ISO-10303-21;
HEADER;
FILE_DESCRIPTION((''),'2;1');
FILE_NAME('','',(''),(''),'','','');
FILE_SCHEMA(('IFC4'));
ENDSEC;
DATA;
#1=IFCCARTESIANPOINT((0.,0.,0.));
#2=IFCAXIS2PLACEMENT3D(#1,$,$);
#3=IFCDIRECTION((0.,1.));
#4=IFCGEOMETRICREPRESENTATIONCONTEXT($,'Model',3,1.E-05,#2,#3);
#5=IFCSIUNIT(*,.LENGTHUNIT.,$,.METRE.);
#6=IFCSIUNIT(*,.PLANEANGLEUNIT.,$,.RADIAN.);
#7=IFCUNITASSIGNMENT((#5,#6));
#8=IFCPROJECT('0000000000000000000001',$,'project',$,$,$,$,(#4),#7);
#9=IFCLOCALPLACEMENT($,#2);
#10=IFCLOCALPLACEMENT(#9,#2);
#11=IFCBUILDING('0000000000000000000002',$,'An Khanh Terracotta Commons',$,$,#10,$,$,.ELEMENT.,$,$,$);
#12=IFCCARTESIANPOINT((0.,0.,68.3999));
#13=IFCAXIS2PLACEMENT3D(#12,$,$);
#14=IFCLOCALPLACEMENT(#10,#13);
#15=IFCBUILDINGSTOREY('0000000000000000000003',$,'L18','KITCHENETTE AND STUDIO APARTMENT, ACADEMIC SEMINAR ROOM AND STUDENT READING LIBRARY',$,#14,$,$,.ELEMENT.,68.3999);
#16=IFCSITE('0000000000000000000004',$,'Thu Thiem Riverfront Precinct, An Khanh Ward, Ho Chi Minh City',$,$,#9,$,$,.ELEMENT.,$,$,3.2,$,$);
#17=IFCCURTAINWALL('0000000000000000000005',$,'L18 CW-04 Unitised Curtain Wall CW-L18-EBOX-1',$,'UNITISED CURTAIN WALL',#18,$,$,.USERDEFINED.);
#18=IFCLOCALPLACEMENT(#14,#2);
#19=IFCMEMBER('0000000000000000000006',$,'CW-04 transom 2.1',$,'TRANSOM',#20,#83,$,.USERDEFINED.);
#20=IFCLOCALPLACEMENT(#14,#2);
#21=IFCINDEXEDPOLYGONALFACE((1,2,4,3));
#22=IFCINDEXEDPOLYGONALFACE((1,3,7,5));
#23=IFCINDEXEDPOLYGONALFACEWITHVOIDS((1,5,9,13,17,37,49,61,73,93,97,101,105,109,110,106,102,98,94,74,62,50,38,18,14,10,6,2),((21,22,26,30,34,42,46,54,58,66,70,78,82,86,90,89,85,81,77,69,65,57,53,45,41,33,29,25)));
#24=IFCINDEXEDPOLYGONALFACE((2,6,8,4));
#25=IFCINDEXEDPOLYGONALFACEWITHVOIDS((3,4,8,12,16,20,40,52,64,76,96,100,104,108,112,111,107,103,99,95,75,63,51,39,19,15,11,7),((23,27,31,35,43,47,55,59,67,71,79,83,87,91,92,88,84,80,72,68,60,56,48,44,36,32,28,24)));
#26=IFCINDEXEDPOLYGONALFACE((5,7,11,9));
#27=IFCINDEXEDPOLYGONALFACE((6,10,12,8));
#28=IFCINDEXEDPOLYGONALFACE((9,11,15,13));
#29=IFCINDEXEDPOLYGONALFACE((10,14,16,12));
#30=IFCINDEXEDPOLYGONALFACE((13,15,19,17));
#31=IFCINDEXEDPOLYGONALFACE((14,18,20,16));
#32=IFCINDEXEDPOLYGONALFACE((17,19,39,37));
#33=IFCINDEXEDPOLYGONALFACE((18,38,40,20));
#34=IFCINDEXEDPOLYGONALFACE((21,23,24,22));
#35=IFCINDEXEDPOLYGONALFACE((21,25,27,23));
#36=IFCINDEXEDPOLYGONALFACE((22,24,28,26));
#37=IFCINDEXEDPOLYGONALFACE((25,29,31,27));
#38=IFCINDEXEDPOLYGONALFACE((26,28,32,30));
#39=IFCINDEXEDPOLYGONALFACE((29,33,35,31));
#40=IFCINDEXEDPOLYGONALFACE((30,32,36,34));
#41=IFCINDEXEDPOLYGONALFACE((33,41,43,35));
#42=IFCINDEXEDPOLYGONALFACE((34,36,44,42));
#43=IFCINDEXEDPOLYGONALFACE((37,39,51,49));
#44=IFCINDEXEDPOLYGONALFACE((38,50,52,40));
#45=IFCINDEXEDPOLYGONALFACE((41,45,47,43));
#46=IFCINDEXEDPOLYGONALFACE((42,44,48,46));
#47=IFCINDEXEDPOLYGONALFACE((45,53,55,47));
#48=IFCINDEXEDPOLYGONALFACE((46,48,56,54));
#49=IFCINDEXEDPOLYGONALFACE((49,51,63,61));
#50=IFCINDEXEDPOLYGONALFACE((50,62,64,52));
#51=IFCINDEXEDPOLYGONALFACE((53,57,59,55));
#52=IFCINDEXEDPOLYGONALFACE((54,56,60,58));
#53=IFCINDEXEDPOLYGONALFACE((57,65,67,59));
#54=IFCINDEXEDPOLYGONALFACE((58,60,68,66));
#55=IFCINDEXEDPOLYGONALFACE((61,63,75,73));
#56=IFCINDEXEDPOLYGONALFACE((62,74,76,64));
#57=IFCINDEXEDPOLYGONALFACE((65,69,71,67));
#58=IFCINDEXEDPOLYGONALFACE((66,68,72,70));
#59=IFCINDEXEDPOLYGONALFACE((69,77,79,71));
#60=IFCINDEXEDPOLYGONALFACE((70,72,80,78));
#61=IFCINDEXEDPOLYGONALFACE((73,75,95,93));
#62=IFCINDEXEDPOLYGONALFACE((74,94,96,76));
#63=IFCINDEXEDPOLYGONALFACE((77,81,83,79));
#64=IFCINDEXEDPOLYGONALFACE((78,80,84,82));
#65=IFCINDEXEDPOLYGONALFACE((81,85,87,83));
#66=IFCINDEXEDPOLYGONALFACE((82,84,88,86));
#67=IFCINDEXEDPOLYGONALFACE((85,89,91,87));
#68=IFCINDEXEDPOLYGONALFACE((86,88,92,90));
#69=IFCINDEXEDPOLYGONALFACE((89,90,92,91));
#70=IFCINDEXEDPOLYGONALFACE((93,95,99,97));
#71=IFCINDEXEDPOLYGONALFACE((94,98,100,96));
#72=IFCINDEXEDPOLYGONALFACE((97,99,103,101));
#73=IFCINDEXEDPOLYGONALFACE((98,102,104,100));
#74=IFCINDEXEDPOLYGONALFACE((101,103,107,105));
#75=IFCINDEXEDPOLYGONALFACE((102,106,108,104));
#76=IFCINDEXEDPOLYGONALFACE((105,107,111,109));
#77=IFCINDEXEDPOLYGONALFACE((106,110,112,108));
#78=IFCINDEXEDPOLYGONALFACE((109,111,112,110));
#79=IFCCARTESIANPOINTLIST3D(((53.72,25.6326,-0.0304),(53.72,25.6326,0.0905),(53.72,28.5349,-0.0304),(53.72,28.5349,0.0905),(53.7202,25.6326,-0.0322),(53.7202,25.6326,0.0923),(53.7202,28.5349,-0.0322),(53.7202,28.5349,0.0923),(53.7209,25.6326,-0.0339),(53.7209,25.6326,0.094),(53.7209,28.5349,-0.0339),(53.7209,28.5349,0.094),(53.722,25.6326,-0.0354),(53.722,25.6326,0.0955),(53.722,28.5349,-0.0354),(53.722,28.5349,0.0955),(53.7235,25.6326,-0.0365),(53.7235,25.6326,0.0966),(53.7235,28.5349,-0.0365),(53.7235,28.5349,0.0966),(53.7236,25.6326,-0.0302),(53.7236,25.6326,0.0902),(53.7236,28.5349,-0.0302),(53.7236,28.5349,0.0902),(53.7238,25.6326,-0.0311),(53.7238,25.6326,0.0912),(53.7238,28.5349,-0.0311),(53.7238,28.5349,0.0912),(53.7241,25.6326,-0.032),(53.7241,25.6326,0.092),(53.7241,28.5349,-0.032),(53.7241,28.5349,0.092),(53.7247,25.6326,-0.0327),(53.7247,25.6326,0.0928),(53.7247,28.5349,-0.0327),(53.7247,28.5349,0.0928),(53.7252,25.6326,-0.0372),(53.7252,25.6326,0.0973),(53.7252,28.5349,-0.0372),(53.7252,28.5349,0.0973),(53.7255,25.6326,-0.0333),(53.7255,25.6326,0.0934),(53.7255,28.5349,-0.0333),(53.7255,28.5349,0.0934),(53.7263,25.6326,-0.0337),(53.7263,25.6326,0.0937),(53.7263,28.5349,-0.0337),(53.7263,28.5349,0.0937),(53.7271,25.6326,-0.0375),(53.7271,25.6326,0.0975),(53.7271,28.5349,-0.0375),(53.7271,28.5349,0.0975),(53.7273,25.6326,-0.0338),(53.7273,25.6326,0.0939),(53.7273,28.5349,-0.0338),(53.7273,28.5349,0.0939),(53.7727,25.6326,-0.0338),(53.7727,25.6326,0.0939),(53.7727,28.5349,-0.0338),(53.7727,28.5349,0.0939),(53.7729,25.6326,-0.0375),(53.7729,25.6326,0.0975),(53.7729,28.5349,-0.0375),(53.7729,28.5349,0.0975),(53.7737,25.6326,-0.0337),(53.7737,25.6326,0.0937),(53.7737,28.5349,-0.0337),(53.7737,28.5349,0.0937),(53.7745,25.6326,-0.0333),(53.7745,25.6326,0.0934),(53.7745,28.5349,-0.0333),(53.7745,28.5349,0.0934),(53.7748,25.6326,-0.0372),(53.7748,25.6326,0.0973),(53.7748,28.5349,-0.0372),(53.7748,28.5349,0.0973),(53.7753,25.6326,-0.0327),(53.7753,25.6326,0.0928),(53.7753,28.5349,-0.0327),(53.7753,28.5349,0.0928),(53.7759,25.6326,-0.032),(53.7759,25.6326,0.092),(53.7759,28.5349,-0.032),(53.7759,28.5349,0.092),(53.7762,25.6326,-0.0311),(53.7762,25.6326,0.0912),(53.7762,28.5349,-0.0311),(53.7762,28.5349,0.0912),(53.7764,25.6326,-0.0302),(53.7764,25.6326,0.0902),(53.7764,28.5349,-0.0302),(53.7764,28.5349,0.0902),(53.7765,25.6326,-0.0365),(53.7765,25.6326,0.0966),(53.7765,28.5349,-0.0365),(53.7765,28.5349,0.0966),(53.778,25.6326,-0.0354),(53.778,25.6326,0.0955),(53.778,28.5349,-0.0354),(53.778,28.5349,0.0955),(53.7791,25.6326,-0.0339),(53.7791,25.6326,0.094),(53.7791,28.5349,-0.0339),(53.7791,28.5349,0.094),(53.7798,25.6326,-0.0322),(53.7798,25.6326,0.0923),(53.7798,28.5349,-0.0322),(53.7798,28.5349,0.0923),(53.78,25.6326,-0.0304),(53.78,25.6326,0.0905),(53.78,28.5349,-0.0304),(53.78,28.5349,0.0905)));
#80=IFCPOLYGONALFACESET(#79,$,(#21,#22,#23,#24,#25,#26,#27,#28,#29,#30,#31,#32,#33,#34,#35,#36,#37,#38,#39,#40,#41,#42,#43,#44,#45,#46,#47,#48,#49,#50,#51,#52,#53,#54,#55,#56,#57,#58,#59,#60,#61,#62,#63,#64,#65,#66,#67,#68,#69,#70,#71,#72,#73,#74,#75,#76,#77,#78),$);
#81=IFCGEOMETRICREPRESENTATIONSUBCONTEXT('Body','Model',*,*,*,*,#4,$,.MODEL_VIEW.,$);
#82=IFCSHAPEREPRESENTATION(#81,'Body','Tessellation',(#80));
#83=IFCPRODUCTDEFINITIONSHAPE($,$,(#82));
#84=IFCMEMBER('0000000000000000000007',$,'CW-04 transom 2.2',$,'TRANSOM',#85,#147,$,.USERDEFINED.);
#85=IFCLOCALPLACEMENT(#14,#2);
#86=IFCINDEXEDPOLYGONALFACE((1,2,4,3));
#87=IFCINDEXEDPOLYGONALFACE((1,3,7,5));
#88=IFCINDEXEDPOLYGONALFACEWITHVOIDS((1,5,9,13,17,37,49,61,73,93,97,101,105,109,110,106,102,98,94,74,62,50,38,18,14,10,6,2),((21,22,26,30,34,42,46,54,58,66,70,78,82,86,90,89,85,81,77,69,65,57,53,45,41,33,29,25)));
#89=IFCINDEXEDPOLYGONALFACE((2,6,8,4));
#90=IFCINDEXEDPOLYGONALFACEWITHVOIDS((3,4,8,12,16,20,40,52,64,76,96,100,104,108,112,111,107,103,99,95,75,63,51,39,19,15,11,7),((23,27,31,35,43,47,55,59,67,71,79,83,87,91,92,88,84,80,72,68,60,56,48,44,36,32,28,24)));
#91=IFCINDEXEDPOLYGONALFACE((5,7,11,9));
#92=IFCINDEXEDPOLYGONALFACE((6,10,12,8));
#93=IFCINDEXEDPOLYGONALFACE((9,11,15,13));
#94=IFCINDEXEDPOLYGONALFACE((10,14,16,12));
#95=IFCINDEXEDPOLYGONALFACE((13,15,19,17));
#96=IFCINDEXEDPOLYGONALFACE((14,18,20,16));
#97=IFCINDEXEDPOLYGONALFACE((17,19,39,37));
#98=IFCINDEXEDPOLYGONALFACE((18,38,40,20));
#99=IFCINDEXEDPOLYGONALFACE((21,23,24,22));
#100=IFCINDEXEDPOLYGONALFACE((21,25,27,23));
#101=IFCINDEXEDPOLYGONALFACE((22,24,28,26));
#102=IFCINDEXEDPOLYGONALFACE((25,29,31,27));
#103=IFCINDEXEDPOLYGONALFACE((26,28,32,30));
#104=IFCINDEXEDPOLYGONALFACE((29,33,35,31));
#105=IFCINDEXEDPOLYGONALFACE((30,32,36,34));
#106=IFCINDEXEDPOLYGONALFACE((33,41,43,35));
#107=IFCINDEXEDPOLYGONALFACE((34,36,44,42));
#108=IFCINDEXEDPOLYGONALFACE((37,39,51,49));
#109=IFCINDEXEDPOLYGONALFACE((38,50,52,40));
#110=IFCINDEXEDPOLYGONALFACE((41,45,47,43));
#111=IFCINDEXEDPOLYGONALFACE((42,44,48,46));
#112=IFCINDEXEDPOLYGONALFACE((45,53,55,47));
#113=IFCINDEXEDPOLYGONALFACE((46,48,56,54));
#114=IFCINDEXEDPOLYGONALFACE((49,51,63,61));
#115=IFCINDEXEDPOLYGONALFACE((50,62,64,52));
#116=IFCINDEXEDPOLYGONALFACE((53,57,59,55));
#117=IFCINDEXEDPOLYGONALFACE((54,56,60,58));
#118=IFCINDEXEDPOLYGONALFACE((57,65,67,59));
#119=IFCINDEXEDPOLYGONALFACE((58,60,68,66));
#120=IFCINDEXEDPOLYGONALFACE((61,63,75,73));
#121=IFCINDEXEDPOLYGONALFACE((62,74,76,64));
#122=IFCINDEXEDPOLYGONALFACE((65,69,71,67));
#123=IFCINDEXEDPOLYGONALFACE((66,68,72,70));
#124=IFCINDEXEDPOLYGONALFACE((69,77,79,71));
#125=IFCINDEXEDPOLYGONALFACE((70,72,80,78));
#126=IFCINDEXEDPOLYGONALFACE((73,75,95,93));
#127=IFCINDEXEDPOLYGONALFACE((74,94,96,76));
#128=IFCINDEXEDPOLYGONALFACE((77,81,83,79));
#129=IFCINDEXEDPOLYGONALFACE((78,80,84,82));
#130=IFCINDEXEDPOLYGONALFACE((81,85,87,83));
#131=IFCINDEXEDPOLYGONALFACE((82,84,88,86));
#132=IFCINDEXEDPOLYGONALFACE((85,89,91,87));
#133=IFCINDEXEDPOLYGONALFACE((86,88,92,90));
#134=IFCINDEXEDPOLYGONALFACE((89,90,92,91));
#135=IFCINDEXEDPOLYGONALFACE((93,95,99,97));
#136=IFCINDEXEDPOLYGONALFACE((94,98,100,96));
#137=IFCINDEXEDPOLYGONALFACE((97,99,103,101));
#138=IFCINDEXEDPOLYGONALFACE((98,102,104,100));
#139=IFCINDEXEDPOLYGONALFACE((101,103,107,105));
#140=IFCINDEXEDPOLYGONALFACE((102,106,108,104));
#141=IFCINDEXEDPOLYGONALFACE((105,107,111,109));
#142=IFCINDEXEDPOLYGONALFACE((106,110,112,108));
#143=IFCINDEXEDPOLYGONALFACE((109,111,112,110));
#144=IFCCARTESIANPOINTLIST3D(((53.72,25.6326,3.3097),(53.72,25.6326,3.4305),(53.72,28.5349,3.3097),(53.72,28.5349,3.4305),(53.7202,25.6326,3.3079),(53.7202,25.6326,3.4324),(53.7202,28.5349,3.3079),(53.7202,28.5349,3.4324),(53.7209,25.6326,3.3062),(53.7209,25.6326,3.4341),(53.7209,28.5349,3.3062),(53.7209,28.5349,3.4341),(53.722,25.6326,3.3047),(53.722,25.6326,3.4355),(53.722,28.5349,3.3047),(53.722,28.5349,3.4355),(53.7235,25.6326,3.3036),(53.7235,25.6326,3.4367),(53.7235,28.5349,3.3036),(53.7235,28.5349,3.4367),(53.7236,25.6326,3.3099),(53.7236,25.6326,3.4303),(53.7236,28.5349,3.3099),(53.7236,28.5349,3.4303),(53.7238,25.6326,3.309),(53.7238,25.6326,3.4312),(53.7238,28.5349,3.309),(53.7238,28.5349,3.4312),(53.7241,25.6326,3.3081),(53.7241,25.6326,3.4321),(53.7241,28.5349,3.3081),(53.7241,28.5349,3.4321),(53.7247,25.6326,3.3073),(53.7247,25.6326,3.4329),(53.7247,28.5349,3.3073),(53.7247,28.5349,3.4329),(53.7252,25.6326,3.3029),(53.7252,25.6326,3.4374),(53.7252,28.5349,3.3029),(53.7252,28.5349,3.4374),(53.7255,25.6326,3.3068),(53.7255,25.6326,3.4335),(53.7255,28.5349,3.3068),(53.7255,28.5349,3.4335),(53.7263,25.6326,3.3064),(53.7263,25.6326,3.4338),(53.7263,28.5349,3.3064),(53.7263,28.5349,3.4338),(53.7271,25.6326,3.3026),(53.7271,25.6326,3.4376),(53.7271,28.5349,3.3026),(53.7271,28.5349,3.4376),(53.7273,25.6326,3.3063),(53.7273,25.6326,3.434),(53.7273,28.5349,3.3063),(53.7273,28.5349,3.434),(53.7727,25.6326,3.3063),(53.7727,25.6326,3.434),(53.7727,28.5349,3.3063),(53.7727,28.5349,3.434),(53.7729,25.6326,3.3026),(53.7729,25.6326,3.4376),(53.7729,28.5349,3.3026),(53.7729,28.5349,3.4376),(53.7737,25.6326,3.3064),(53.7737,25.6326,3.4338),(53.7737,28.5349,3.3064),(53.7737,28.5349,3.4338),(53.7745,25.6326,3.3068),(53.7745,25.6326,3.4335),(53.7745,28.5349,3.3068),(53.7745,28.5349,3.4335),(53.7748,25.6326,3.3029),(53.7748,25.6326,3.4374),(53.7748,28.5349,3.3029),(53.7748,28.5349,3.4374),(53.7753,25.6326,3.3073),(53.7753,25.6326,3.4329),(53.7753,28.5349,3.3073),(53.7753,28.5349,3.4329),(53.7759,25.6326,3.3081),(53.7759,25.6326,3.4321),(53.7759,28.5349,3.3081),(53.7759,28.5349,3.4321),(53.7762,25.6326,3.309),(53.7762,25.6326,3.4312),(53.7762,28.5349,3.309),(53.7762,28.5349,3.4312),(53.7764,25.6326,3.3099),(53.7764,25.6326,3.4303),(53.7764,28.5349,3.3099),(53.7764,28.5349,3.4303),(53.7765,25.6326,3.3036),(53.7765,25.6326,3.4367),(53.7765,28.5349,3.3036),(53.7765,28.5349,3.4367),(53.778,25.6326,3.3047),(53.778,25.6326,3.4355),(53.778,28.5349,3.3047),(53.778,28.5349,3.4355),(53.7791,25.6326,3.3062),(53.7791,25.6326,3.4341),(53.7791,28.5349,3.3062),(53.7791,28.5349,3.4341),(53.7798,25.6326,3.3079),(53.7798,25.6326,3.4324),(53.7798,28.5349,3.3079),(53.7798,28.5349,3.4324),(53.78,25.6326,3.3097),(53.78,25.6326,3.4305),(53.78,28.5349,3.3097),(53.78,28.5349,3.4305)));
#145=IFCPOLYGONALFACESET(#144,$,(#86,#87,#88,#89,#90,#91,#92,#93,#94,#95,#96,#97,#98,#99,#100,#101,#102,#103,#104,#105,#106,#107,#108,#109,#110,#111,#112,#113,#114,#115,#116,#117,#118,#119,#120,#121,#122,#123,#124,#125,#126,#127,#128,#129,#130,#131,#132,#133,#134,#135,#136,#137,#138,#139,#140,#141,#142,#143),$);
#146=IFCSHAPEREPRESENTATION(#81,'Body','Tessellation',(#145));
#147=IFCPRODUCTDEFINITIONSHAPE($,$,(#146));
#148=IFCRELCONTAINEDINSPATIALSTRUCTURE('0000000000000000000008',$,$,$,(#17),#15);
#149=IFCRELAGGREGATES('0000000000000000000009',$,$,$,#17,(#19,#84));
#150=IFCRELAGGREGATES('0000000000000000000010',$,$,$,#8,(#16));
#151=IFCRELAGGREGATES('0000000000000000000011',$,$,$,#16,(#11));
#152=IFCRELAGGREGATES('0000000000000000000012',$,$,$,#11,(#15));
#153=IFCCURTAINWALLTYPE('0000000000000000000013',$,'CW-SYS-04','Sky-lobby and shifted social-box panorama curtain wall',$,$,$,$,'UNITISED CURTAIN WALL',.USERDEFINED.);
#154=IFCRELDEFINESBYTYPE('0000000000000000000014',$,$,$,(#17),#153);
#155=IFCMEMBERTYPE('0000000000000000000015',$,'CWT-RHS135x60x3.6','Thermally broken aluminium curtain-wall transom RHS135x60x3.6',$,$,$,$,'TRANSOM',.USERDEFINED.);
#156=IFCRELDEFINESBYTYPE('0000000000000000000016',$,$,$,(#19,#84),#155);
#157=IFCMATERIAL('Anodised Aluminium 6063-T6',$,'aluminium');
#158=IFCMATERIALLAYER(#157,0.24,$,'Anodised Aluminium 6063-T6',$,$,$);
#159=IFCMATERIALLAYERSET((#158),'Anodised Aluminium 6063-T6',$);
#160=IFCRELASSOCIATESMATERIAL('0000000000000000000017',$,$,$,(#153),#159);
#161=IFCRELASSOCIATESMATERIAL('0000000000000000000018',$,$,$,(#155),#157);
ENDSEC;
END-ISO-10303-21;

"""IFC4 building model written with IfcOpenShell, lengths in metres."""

from ifc_helpers import new_model, si_unit, direction, frame, origin, origin_2d, place, context, subcontext, project, spatial, hollow_rectangle, extrude, material, layer, layer_set, material_profile, profile_set, type_object, element, aggregate, save


model = new_model("IFC4")

# Units and contexts
model_context = context("Model", 3, precision=1e-05, world=origin(), true_north=direction((0.0, 1.0)))
body_context = subcontext(model_context, "Body", "Model", "MODEL_VIEW")
ifc_project = project(units=[si_unit("LENGTHUNIT", "METRE"), si_unit("PLANEANGLEUNIT", "RADIAN")], contexts=[model_context])

# Site, building, storey
site_placement = place(None, origin())
site = spatial("IfcSite", under=ifc_project, at=site_placement, Name="Thu Thiem Riverfront Precinct, An Khanh Ward, Ho Chi Minh City", CompositionType="ELEMENT", RefElevation=3.2)
building_placement = place(site_placement, origin())
building = spatial("IfcBuilding", under=site, at=building_placement, Name="An Khanh Terracotta Commons", CompositionType="ELEMENT")
storey_placement = place(building_placement, frame((0.0, 0.0, 68.3999)))
storey = spatial("IfcBuildingStorey", under=building, at=storey_placement, Name="L18", Description="KITCHENETTE AND STUDIO APARTMENT, ACADEMIC SEMINAR ROOM AND STUDENT READING LIBRARY", CompositionType="ELEMENT", Elevation=68.3999)

# Curtain wall
ifc_material_1 = material(Name="Anodised Aluminium 6063-T6", Category="aluminium")
ifc_layer_1 = layer(ifc_material_1, 0.24, Name="Anodised Aluminium 6063-T6")
ifc_layer_set_1 = layer_set([ifc_layer_1], Name="Anodised Aluminium 6063-T6")
curtain_wall_type = type_object("IfcCurtainWallType", Name="CW-SYS-04", Description="Sky-lobby and shifted social-box panorama curtain wall", ElementType="UNITISED CURTAIN WALL", PredefinedType="USERDEFINED", material=ifc_layer_set_1)
curtain_wall_1_placement = place(storey_placement, origin())
curtain_wall_1 = element("IfcCurtainWall", 1, at=curtain_wall_1_placement, inside=storey, type_object=curtain_wall_type, Name="L18 CW-04 Unitised Curtain Wall CW-L18-EBOX-1", ObjectType="UNITISED CURTAIN WALL", PredefinedType="USERDEFINED")

# Members
ifc_material_profile_1 = material_profile(ifc_material_1, hollow_rectangle(XDim=0.0601, YDim=0.135, WallThickness=0.0037, InnerFilletRadius=0.0037, OuterFilletRadius=0.0071, at=origin_2d()), Name="RHS135x60x3.6")
ifc_profile_set_1 = profile_set([ifc_material_profile_1], Name="Anodised Aluminium 6063-T6")
member_type_1 = type_object("IfcMemberType", Name="CWT-RHS135x60x3.6", Description="Thermally broken aluminium curtain-wall transom RHS135x60x3.6", ElementType="TRANSOM", PredefinedType="USERDEFINED", material=ifc_profile_set_1)
member_1_placement = place(storey_placement, frame((53.75, 25.6326, 0.03), z_axis=(0.0, 1.0, 0.0), x_axis=(-1.0, 0.0, 0.0)))
member_1 = element("IfcMember", 2, at=member_1_placement, type_object=member_type_1, Name="CW-04 transom 2.1", ObjectType="TRANSOM", PredefinedType="USERDEFINED", context=body_context, shape_type="SweptSolid", body=[
    extrude(hollow_rectangle(XDim=0.0601, YDim=0.135, WallThickness=0.0037, InnerFilletRadius=0.0037, OuterFilletRadius=0.0071, at=origin_2d()), origin(), (0.0, 0.0, 1.0), 2.9023),
])
member_2_placement = place(storey_placement, frame((53.75, 25.6326, 3.3701), z_axis=(0.0, 1.0, 0.0), x_axis=(-1.0, 0.0, 0.0)))
member_2 = element("IfcMember", 3, at=member_2_placement, type_object=member_type_1, Name="CW-04 transom 2.2", ObjectType="TRANSOM", PredefinedType="USERDEFINED", context=body_context, shape_type="SweptSolid", body=[
    extrude(hollow_rectangle(XDim=0.0601, YDim=0.135, WallThickness=0.0037, InnerFilletRadius=0.0037, OuterFilletRadius=0.0071, at=origin_2d()), origin(), (0.0, 0.0, 1.0), 2.9023),
])

aggregate(curtain_wall_1, [member_1, member_2])

save(model, "model.ifc")
